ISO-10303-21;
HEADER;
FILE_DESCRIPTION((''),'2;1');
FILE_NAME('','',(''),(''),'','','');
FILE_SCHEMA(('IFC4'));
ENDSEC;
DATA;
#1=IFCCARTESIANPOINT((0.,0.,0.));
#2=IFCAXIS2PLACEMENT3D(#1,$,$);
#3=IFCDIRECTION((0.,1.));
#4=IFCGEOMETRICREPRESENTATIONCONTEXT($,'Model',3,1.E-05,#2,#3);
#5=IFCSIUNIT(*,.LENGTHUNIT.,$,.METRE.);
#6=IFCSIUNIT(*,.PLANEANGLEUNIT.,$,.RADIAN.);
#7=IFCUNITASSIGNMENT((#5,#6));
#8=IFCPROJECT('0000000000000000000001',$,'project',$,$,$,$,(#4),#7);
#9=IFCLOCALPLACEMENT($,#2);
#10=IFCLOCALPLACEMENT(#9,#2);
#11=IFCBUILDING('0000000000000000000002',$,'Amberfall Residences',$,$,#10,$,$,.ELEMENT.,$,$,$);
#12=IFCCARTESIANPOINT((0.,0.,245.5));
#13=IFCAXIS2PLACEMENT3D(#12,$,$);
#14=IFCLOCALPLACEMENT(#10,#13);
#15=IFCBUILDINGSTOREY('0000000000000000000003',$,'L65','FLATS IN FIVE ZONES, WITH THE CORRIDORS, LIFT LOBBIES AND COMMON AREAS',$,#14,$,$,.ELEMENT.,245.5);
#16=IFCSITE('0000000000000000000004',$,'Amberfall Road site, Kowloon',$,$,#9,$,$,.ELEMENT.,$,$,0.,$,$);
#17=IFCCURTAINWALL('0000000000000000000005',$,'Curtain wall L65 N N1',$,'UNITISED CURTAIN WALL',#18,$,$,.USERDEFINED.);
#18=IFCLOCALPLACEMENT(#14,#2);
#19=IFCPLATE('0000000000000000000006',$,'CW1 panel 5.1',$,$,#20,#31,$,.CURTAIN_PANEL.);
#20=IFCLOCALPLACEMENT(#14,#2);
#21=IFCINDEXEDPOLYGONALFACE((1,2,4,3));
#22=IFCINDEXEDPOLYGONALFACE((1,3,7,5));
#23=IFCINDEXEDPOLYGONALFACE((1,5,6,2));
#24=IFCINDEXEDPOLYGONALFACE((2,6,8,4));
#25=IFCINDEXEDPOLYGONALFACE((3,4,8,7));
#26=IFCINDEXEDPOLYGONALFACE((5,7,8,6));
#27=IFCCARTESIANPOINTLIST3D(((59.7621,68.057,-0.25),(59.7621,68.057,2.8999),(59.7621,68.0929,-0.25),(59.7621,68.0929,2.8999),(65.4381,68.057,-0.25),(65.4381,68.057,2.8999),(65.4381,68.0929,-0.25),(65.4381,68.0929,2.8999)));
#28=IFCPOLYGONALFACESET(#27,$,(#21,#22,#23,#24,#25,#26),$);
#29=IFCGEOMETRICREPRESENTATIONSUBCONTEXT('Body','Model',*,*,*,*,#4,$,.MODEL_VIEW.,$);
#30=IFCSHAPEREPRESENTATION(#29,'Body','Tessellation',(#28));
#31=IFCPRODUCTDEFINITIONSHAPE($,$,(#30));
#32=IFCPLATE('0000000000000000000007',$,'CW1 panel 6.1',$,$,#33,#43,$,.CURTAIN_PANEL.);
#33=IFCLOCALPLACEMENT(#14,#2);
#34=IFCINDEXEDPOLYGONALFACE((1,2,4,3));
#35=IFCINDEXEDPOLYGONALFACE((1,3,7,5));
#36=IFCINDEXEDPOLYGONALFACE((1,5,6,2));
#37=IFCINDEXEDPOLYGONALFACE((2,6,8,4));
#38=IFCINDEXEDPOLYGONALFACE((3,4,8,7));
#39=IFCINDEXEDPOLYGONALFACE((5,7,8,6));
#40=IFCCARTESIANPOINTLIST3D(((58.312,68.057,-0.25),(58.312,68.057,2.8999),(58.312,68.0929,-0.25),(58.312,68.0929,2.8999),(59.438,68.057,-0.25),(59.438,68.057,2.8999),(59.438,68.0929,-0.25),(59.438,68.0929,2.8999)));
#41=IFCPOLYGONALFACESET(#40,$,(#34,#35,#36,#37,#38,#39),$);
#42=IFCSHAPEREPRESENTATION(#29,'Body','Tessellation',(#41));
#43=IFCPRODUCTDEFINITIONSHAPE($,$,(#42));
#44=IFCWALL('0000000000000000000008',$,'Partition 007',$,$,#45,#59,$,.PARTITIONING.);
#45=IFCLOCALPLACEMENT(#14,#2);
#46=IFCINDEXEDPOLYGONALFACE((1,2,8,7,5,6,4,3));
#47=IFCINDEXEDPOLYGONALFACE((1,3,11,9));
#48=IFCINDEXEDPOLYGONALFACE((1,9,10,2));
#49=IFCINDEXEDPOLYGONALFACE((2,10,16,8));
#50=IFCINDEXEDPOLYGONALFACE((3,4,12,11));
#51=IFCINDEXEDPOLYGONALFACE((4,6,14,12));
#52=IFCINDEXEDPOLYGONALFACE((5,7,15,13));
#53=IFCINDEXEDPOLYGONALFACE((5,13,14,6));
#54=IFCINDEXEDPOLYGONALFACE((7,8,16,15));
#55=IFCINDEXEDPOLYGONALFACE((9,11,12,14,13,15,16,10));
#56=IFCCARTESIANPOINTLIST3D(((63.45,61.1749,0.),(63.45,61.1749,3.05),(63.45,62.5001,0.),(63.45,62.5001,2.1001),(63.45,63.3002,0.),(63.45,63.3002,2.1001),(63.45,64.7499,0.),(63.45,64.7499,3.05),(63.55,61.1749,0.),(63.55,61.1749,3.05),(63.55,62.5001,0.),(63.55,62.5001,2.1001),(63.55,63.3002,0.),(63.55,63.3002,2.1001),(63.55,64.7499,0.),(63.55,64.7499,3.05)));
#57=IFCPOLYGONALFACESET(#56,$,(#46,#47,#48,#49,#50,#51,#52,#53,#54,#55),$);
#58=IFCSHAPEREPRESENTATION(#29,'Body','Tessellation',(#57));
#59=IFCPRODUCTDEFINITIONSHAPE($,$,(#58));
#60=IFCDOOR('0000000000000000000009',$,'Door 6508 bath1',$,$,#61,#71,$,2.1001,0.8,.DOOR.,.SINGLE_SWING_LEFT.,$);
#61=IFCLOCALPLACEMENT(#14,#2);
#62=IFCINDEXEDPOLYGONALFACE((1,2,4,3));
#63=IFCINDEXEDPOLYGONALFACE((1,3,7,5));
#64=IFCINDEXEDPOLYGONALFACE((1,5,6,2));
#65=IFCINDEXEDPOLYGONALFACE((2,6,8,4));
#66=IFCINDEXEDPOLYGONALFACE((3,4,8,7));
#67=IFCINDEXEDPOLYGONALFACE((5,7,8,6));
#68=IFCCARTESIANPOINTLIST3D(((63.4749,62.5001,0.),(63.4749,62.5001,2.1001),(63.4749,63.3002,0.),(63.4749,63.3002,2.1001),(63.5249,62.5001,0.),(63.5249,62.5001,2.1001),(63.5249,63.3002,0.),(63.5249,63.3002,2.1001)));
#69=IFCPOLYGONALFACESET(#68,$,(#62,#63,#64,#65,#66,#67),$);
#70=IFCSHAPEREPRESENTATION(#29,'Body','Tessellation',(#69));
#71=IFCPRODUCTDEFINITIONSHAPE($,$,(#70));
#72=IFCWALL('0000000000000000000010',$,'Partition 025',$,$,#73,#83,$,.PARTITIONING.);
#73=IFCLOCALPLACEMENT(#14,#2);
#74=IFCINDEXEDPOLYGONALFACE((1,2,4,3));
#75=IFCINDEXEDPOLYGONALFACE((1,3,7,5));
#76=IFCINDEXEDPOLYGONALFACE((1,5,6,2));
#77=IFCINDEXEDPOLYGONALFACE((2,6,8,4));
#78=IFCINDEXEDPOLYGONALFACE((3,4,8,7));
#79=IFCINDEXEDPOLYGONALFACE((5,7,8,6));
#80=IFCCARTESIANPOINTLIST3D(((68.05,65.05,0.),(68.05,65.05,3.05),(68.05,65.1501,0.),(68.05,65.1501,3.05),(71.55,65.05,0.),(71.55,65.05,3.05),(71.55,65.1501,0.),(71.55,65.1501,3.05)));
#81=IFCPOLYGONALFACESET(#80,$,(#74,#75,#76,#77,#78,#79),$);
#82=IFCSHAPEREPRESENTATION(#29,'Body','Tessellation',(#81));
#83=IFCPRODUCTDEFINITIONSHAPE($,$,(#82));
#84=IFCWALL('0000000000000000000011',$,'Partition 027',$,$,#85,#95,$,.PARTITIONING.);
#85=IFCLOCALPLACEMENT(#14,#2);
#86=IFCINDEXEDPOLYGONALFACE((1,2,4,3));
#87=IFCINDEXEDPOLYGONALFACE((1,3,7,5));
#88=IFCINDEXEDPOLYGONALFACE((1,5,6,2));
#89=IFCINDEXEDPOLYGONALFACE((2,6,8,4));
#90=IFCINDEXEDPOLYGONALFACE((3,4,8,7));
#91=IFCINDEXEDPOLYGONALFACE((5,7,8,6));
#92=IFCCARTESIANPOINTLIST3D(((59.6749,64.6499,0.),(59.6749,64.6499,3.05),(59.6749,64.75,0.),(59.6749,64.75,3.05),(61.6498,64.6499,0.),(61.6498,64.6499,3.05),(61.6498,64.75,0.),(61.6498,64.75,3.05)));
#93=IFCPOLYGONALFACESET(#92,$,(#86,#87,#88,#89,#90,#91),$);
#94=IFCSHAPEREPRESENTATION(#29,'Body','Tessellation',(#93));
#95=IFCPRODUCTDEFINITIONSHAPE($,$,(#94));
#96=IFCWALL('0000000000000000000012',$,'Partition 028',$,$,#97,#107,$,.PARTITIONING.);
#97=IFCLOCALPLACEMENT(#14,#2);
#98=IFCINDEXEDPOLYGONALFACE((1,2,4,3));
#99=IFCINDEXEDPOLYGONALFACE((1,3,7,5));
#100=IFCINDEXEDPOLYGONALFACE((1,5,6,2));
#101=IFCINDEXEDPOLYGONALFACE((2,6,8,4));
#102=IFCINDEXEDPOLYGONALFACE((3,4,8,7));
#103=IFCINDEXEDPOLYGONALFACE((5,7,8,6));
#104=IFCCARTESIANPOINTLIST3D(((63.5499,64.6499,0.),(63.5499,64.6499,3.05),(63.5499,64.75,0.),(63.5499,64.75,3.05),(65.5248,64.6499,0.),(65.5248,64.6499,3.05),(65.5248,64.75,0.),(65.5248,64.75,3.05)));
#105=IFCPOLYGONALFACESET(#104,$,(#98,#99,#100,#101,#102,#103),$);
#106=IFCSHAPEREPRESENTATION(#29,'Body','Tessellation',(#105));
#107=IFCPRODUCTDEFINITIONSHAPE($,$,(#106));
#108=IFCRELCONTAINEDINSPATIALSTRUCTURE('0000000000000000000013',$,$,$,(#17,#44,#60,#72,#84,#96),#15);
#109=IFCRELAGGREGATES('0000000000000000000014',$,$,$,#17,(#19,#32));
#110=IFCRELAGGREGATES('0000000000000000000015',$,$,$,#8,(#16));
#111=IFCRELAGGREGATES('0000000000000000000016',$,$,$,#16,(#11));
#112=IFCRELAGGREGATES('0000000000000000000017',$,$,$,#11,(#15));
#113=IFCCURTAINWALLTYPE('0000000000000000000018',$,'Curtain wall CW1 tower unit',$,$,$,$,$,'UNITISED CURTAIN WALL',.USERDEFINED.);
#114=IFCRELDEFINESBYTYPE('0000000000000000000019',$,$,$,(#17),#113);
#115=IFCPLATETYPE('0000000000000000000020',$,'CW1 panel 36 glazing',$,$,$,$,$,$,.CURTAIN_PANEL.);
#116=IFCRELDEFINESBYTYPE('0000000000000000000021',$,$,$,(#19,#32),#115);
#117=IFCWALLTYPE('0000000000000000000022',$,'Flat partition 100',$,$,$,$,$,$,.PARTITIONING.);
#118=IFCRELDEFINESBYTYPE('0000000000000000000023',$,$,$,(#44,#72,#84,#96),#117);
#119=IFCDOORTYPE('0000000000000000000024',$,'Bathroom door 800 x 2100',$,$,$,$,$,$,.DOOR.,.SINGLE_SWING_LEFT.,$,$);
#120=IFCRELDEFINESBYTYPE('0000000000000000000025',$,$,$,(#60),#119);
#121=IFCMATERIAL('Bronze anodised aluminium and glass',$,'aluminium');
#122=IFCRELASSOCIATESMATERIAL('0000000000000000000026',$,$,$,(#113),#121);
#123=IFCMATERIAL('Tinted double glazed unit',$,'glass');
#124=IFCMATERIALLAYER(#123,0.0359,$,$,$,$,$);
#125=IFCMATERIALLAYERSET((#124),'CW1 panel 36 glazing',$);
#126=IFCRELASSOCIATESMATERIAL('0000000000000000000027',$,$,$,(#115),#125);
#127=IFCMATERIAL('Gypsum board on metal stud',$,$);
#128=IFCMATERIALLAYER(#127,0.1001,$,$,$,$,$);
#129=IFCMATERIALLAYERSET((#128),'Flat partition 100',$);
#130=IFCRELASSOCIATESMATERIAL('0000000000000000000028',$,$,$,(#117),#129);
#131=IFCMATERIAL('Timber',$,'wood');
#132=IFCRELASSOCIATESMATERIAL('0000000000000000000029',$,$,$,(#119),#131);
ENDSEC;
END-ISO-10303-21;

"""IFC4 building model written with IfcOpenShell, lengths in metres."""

from ifc_helpers import new_model, si_unit, direction, frame, frame_2d, origin, origin_2d, place, context, subcontext, project, spatial, rectangle, extrude, material, layer, layer_set, type_object, element, fill, aggregate, save


model = new_model("IFC4")

# Units and contexts
model_context = context("Model", 3, precision=1e-05, world=origin(), true_north=direction((0.0, 1.0)))
body_context = subcontext(model_context, "Body", "Model", "MODEL_VIEW")
ifc_project = project(units=[si_unit("LENGTHUNIT", "METRE"), si_unit("PLANEANGLEUNIT", "RADIAN")], contexts=[model_context])

# Site, building, storey
site_placement = place(None, origin())
site = spatial("IfcSite", under=ifc_project, at=site_placement, Name="Amberfall Road site, Kowloon", CompositionType="ELEMENT", RefElevation=0.0)
building_placement = place(site_placement, origin())
building = spatial("IfcBuilding", under=site, at=building_placement, Name="Amberfall Residences", CompositionType="ELEMENT")
storey_placement = place(building_placement, frame((0.0, 0.0, 245.5)))
storey = spatial("IfcBuildingStorey", under=building, at=storey_placement, Name="L65", Description="FLATS IN FIVE ZONES, WITH THE CORRIDORS, LIFT LOBBIES AND COMMON AREAS", CompositionType="ELEMENT", Elevation=245.5)

# Curtain wall
ifc_material_1 = material(Name="Bronze anodised aluminium and glass", Category="aluminium")
curtain_wall_type = type_object("IfcCurtainWallType", Name="Curtain wall CW1 tower unit", ElementType="UNITISED CURTAIN WALL", PredefinedType="USERDEFINED", material=ifc_material_1)
curtain_wall_placement = place(storey_placement, origin())
curtain_wall = element("IfcCurtainWall", 1, at=curtain_wall_placement, inside=storey, type_object=curtain_wall_type, Name="Curtain wall L65 N N1", ObjectType="UNITISED CURTAIN WALL", PredefinedType="USERDEFINED")

# Plates
ifc_material_2 = material(Name="Tinted double glazed unit", Category="glass")
ifc_layer_1 = layer(ifc_material_2, 0.0359)
ifc_layer_set_1 = layer_set([ifc_layer_1], Name="CW1 panel 36 glazing")
plate_type = type_object("IfcPlateType", Name="CW1 panel 36 glazing", PredefinedType="CURTAIN_PANEL", material=ifc_layer_set_1)
plate_1_placement = place(storey_placement, frame((62.6001, 68.075, -0.25), z_axis=(0.0, 0.0, 1.0), x_axis=(-1.0, 0.0, 0.0)))
plate_1 = element("IfcPlate", 2, at=plate_1_placement, type_object=plate_type, Name="CW1 panel 5.1", PredefinedType="CURTAIN_PANEL", context=body_context, shape_type="SweptSolid", body=[
    extrude(rectangle(XDim=5.676, YDim=0.0359, at=origin_2d()), origin(), (0.0, 0.0, 1.0), 3.1499),
])
plate_2_placement = place(storey_placement, frame((58.875, 68.075, -0.25), z_axis=(0.0, 0.0, 1.0), x_axis=(-1.0, 0.0, 0.0)))
plate_2 = element("IfcPlate", 3, at=plate_2_placement, type_object=plate_type, Name="CW1 panel 6.1", PredefinedType="CURTAIN_PANEL", context=body_context, shape_type="SweptSolid", body=[
    extrude(rectangle(XDim=1.126, YDim=0.0359, at=origin_2d()), origin(), (0.0, 0.0, 1.0), 3.1499),
])
aggregate(curtain_wall, [plate_1, plate_2])

# Wall, opening, door
ifc_material_3 = material(Name="Gypsum board on metal stud")
ifc_layer_2 = layer(ifc_material_3, 0.1001)
ifc_layer_set_2 = layer_set([ifc_layer_2], Name="Flat partition 100")
wall_type = type_object("IfcWallType", Name="Flat partition 100", PredefinedType="PARTITIONING", material=ifc_layer_set_2)
wall_1_placement = place(storey_placement, frame((63.5, 64.75, 0.0), z_axis=(0.0, 0.0, 1.0), x_axis=(0.0, -1.0, 0.0)))
wall_1 = element("IfcWall", 4, at=wall_1_placement, inside=storey, type_object=wall_type, Name="Partition 007", PredefinedType="PARTITIONING", context=body_context, shape_type="SweptSolid", body=[
    extrude(rectangle(XDim=3.575, YDim=0.1001, at=frame_2d((1.7876, 0.0))), origin(), (0.0, 0.0, 1.0), 3.05),
])
opening_placement = place(wall_1_placement, frame((1.45, 0.0, 0.0)))
opening = element("IfcOpeningElement", 5, at=opening_placement, cuts=wall_1, PredefinedType="OPENING", context=body_context, shape_type="SweptSolid", body=[
    extrude(rectangle(XDim=0.8, YDim=2.1001, at=frame_2d((0.3999, 1.05))), frame((0.0, 0.0601, 0.0), z_axis=(0.0, -1.0, 0.0), x_axis=(1.0, 0.0, 0.0)), (0.0, 0.0, 1.0), 0.1201),
])
ifc_material_4 = material(Name="Timber", Category="wood")
door_type = type_object("IfcDoorType", Name="Bathroom door 800 x 2100", OperationType="SINGLE_SWING_LEFT", PredefinedType="DOOR", material=ifc_material_4)
door_placement = place(opening_placement, origin())
door = element("IfcDoor", 6, at=door_placement, inside=storey, type_object=door_type, Name="Door 6508 bath1", OperationType="SINGLE_SWING_LEFT", OverallHeight=2.1001, OverallWidth=0.8, PredefinedType="DOOR", context=body_context, shape_type="SweptSolid", body=[
    extrude(rectangle(XDim=0.8, YDim=2.1001, at=frame_2d((0.3999, 1.05))), frame((0.0, 0.0249, 0.0), z_axis=(0.0, -1.0, 0.0), x_axis=(1.0, 0.0, 0.0)), (0.0, 0.0, 1.0), 0.05),
])
fill(opening, door)

# Walls
wall_2_placement = place(storey_placement, frame((68.05, 65.1001, 0.0), z_axis=(0.0, 0.0, 1.0), x_axis=(1.0, 0.0, 0.0)))
element("IfcWall", 7, at=wall_2_placement, inside=storey, type_object=wall_type, Name="Partition 025", PredefinedType="PARTITIONING", context=body_context, shape_type="SweptSolid", body=[
    extrude(rectangle(XDim=3.5, YDim=0.1001, at=frame_2d((1.75, 0.0))), origin(), (0.0, 0.0, 1.0), 3.05),
])
for number, where, z_axis, x_axis, name in (
    (8, (59.675, 64.7, 0.0), (0.0, 0.0, 1.0), (1.0, 0.0, 0.0), "Partition 027"),
    (9, (63.55, 64.7, 0.0), (0.0, 0.0, 1.0), (1.0, 0.0, 0.0), "Partition 028"),
):
    element("IfcWall", number, at=place(storey_placement, frame(where, z_axis=z_axis, x_axis=x_axis)), inside=storey, type_object=wall_type, Name=name, PredefinedType="PARTITIONING", context=body_context, shape_type="SweptSolid", body=[
        extrude(rectangle(XDim=1.9749, YDim=0.1001, at=frame_2d((0.9873, 0.0))), origin(), (0.0, 0.0, 1.0), 3.05),
    ])

save(model, "model.ifc")
